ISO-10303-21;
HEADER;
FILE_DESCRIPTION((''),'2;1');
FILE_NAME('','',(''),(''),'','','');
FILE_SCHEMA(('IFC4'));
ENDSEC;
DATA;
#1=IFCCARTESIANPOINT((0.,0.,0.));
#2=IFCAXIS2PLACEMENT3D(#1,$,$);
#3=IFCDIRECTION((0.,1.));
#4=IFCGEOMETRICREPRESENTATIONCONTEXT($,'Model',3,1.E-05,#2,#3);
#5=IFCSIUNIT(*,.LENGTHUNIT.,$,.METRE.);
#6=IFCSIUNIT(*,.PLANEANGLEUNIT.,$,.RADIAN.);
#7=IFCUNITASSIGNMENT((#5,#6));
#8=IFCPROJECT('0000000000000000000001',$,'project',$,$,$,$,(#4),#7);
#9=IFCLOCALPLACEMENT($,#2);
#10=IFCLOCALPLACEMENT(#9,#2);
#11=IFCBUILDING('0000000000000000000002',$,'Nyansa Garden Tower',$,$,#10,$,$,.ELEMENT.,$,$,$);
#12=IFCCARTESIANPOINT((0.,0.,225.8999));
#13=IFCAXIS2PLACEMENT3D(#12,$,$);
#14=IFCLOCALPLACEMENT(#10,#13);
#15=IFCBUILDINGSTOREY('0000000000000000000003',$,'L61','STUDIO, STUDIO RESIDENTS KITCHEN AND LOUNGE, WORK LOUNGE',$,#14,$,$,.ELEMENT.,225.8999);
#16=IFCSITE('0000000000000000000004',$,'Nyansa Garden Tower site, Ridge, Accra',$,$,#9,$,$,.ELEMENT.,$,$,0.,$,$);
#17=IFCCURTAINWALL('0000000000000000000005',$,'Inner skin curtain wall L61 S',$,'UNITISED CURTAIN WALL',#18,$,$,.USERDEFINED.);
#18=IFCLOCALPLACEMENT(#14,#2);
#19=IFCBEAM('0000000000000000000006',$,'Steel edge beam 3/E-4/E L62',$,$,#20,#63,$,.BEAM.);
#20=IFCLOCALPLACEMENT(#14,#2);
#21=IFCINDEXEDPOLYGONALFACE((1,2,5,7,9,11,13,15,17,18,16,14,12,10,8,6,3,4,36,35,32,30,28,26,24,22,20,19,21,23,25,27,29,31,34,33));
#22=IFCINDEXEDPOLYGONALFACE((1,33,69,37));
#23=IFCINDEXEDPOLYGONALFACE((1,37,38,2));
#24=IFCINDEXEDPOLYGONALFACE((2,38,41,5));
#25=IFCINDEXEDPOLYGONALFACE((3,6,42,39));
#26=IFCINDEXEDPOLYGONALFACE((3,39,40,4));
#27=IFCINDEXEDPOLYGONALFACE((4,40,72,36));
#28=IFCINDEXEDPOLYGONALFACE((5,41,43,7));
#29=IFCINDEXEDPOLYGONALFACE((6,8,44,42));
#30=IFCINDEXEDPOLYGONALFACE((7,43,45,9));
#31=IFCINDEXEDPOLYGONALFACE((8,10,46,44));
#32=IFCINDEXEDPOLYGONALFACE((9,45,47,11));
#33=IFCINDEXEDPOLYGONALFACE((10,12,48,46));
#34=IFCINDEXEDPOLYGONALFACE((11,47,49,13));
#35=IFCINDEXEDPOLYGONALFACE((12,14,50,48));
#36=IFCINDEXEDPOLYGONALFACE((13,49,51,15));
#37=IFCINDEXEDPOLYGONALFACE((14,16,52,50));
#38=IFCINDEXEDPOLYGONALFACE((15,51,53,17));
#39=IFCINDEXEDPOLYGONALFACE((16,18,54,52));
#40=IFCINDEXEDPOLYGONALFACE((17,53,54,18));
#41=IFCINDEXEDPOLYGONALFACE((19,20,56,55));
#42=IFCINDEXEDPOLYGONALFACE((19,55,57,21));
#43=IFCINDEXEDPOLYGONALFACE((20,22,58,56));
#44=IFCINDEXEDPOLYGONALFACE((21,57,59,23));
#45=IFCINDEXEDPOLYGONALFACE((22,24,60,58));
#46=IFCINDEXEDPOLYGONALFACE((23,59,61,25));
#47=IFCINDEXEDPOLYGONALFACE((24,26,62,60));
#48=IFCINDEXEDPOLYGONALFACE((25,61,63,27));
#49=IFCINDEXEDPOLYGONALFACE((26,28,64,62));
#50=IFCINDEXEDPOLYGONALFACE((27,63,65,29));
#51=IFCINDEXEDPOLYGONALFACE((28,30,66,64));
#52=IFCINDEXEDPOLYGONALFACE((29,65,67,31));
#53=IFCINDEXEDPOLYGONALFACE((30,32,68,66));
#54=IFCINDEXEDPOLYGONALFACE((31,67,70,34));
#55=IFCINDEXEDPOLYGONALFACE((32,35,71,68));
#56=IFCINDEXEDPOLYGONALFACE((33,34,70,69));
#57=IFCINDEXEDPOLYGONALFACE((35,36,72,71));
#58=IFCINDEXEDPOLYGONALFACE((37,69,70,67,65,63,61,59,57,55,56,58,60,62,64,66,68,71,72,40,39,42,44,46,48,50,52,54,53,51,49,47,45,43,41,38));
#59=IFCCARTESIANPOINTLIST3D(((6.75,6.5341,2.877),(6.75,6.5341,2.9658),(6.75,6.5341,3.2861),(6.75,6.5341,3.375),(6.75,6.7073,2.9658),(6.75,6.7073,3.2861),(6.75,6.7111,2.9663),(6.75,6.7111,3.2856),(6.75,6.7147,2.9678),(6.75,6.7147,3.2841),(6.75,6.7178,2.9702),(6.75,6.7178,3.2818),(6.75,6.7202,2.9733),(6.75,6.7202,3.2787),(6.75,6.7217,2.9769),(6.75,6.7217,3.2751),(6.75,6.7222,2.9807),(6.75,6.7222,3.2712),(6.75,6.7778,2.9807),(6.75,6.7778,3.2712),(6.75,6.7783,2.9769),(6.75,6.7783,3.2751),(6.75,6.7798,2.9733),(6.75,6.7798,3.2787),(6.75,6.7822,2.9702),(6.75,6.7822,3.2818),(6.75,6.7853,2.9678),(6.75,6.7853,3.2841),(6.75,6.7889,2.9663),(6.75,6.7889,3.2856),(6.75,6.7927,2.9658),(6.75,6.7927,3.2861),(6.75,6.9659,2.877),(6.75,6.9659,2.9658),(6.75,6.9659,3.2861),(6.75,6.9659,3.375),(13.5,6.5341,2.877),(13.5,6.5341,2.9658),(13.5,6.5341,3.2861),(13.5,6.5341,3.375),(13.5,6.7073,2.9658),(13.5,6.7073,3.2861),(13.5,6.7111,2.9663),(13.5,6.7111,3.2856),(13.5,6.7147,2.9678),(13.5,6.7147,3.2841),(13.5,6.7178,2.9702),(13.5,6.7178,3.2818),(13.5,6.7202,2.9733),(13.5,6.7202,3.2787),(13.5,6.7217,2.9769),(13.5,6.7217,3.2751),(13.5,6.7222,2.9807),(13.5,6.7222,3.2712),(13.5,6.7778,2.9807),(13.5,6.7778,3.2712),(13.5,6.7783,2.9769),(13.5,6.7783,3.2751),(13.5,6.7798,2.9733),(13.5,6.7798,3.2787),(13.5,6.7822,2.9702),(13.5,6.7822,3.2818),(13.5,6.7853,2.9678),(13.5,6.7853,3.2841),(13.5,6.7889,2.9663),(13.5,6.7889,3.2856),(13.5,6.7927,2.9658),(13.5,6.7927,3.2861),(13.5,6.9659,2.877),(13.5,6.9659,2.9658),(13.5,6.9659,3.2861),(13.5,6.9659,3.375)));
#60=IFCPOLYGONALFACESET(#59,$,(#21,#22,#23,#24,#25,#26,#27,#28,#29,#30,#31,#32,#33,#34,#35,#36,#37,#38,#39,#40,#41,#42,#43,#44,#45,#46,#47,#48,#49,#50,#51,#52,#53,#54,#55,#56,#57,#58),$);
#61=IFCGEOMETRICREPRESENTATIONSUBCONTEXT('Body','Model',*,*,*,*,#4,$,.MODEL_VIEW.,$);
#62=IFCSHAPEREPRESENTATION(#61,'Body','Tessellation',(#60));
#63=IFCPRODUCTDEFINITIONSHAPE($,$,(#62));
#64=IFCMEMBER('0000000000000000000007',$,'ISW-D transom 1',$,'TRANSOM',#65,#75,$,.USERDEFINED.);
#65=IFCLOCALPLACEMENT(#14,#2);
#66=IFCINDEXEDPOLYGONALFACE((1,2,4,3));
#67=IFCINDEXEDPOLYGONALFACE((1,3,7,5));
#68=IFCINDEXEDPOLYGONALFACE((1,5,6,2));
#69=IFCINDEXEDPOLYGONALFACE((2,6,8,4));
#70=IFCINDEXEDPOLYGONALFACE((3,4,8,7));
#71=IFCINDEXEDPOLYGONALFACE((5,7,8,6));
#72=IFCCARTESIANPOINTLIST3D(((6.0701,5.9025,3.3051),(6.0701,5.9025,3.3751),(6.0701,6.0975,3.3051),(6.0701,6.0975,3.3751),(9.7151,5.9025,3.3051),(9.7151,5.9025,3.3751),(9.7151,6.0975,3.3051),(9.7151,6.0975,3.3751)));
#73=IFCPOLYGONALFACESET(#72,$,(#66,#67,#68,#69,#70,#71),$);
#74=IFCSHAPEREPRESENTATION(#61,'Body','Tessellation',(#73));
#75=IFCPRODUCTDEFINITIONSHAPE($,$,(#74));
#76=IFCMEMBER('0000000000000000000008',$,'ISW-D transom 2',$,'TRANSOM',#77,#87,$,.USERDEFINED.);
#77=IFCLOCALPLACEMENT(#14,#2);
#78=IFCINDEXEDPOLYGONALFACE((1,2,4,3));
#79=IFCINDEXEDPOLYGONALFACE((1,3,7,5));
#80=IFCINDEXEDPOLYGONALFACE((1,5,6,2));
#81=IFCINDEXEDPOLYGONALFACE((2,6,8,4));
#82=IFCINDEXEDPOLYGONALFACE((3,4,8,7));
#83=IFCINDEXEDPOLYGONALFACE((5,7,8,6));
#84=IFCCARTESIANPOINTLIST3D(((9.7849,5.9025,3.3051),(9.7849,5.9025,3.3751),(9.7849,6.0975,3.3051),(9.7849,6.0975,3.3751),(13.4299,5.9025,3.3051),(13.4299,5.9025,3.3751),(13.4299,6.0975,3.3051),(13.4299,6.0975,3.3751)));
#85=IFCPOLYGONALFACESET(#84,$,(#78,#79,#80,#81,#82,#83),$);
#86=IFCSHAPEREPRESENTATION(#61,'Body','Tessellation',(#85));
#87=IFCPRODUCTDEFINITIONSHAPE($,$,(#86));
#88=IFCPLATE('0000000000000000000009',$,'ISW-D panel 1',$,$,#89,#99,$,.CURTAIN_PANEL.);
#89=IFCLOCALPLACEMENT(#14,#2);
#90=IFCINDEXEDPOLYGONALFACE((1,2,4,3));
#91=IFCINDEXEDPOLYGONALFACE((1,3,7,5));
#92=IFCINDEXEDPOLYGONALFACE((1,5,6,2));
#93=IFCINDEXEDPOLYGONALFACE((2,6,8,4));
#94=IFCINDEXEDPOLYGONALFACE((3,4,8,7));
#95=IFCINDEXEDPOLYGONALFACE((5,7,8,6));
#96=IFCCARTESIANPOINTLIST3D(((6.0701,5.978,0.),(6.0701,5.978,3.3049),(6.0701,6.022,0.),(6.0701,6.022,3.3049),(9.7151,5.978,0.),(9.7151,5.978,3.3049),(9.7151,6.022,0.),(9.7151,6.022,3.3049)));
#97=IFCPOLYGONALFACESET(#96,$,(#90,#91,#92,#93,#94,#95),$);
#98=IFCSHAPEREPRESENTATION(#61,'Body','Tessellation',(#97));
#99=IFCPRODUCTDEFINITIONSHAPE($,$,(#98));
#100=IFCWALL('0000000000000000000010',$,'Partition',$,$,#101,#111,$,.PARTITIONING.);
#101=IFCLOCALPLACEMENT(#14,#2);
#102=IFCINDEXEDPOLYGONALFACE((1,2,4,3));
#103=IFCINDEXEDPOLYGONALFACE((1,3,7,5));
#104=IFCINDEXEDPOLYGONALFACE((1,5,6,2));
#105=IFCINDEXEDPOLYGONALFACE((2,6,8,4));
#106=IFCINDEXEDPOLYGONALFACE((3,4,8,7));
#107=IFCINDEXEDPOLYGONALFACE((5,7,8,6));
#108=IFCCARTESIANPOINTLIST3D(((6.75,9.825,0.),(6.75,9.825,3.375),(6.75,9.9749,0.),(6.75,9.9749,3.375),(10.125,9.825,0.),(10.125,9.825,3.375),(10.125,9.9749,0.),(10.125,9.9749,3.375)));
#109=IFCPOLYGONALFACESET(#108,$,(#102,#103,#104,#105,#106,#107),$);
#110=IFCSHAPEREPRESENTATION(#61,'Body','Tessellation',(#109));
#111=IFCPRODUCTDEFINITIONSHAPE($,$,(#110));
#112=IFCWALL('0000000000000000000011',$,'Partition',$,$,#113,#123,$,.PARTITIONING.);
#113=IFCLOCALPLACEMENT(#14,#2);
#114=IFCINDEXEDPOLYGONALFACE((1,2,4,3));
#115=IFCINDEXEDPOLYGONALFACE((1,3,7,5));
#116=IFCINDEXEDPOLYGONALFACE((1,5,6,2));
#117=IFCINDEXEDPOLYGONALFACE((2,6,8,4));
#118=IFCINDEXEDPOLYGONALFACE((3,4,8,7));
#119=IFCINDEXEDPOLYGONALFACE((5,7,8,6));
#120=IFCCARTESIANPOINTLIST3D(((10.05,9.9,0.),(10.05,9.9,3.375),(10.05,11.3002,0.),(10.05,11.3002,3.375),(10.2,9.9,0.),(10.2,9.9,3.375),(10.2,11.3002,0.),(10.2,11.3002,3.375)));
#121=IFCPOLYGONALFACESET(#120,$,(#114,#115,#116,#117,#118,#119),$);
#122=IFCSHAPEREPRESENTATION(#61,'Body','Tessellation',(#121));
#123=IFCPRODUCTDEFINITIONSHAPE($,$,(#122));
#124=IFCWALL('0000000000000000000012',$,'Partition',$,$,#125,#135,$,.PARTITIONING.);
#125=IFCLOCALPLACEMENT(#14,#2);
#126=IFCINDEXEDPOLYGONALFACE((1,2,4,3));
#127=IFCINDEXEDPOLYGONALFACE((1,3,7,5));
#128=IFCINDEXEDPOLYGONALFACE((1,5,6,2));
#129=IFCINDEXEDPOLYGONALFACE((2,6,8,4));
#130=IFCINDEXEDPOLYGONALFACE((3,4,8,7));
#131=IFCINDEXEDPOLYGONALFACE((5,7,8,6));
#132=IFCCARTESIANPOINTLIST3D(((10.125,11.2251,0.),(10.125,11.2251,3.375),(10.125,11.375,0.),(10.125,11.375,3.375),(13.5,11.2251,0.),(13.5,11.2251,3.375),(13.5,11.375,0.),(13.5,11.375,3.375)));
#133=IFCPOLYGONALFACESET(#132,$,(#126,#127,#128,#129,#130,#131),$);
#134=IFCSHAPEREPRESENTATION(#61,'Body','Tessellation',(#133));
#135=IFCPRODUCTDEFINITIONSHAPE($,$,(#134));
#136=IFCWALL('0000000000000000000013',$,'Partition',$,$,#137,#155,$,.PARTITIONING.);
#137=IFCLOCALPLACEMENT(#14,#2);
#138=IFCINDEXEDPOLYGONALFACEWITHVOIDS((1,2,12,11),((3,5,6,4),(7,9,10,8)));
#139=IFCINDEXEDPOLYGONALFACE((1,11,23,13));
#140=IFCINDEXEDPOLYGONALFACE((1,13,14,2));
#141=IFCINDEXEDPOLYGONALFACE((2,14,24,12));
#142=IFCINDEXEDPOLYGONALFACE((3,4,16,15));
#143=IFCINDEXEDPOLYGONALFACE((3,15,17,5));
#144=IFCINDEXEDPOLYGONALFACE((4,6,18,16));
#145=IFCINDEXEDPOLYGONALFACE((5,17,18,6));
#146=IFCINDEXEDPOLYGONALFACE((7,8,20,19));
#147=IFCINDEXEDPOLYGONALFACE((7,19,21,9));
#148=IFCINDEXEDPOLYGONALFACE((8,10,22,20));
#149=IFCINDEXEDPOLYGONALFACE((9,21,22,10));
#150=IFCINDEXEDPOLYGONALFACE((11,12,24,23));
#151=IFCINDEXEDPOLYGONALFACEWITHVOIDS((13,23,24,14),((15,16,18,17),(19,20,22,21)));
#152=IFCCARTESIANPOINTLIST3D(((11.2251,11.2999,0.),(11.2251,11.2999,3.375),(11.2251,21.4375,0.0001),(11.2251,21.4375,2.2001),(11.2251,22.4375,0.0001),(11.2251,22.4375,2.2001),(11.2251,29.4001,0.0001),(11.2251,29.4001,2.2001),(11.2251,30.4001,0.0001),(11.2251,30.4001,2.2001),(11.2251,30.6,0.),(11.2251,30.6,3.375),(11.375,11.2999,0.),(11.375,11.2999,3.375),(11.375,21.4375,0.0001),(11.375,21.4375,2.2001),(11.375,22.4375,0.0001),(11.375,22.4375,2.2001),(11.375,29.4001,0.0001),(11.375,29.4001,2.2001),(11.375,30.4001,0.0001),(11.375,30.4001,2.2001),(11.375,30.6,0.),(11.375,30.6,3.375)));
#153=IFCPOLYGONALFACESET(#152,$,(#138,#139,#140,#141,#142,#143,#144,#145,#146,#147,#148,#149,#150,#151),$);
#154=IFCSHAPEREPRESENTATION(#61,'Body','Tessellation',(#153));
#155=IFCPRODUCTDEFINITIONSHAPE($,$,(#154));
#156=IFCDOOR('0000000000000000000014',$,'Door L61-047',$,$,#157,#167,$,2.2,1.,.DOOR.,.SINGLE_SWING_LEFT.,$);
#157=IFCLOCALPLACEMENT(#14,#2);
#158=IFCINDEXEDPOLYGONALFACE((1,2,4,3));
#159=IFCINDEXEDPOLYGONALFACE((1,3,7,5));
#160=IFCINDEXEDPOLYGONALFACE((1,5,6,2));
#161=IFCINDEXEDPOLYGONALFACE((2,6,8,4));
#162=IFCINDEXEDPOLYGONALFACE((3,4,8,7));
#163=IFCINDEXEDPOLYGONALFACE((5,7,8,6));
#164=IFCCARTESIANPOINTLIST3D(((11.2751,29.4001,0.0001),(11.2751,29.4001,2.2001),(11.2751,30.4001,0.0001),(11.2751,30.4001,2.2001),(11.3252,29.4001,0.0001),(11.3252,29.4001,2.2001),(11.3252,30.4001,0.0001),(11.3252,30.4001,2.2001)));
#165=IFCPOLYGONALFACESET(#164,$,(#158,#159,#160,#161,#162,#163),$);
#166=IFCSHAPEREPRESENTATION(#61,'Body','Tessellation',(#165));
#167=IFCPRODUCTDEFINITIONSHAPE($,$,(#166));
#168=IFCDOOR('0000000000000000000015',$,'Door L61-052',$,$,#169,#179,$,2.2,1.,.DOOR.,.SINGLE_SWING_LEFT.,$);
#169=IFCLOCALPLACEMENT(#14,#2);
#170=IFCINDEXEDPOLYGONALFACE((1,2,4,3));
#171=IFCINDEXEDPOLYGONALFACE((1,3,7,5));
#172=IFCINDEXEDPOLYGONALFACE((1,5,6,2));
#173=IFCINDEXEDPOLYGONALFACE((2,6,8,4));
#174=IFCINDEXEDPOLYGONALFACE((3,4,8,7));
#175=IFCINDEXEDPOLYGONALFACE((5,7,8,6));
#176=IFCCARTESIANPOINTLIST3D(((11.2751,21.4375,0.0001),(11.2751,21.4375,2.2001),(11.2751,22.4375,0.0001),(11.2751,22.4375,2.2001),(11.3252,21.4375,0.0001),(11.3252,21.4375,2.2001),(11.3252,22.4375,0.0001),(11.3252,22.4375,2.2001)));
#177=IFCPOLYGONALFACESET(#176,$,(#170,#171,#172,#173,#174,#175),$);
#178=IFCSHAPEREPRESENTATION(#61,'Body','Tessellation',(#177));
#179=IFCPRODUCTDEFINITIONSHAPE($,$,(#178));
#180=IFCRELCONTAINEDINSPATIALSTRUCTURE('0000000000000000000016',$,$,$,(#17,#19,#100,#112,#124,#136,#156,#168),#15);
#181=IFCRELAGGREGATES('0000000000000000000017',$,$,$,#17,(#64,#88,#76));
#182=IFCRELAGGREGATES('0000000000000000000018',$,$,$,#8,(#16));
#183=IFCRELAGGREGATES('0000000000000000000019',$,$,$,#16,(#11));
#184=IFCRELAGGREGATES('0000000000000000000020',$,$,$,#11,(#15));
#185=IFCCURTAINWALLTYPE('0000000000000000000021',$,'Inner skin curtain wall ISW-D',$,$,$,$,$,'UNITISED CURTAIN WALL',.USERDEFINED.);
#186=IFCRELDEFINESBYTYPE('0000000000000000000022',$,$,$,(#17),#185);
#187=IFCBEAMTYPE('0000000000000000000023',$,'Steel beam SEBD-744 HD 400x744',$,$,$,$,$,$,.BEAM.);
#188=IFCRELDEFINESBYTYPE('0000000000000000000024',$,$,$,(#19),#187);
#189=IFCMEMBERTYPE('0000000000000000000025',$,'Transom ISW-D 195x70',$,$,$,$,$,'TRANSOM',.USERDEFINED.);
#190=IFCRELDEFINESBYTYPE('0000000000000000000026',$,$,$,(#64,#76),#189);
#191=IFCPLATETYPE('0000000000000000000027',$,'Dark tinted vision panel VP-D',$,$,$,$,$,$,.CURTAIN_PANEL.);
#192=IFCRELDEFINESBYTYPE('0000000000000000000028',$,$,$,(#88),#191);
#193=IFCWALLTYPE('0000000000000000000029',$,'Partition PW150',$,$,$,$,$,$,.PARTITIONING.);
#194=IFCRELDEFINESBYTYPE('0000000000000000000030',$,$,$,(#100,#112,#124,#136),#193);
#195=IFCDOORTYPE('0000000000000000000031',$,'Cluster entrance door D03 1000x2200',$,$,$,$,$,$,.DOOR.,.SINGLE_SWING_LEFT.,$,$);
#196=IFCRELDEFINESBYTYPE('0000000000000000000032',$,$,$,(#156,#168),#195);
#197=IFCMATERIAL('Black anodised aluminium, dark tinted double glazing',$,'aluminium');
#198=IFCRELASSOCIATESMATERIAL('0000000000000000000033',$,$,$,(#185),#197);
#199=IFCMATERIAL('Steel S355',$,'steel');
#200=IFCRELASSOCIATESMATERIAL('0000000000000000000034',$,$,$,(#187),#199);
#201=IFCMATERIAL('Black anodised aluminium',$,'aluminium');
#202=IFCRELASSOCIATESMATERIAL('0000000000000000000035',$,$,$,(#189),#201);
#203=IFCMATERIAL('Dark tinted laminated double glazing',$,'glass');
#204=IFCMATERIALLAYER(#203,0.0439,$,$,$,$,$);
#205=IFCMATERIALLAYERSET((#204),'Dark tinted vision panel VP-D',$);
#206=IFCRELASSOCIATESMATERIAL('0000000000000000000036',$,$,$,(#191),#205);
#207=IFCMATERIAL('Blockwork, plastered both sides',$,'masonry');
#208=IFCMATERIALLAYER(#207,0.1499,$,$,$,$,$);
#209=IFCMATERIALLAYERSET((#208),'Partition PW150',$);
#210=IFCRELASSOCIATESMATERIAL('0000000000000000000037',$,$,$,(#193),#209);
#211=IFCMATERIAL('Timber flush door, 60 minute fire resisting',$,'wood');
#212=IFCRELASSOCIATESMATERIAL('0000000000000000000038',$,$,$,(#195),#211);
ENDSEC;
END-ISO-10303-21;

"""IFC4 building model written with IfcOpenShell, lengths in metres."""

from ifc_helpers import new_model, si_unit, direction, frame, frame_2d, origin, origin_2d, place, context, subcontext, project, spatial, rectangle, i_section, extrude, material, layer, layer_set, material_profile, profile_set, type_object, element, fill, aggregate, save


model = new_model("IFC4")

# Units and contexts
model_context = context("Model", 3, precision=1e-05, world=origin(), true_north=direction((0.0, 1.0)))
body_context = subcontext(model_context, "Body", "Model", "MODEL_VIEW")
ifc_project = project(units=[si_unit("LENGTHUNIT", "METRE"), si_unit("PLANEANGLEUNIT", "RADIAN")], contexts=[model_context])

# Site, building, storey
site_placement = place(None, origin())
site = spatial("IfcSite", under=ifc_project, at=site_placement, Name="Nyansa Garden Tower site, Ridge, Accra", CompositionType="ELEMENT", RefElevation=0.0)
building_placement = place(site_placement, origin())
building = spatial("IfcBuilding", under=site, at=building_placement, Name="Nyansa Garden Tower", CompositionType="ELEMENT")
storey_placement = place(building_placement, frame((0.0, 0.0, 225.8999)))
storey = spatial("IfcBuildingStorey", under=building, at=storey_placement, Name="L61", Description="STUDIO, STUDIO RESIDENTS KITCHEN AND LOUNGE, WORK LOUNGE", CompositionType="ELEMENT", Elevation=225.8999)

# Curtain wall
ifc_material_1 = material(Name="Black anodised aluminium, dark tinted double glazing", Category="aluminium")
curtain_wall_type = type_object("IfcCurtainWallType", Name="Inner skin curtain wall ISW-D", ElementType="UNITISED CURTAIN WALL", PredefinedType="USERDEFINED", material=ifc_material_1)
curtain_wall_placement = place(storey_placement, origin())
curtain_wall = element("IfcCurtainWall", 1, at=curtain_wall_placement, inside=storey, type_object=curtain_wall_type, Name="Inner skin curtain wall L61 S", ObjectType="UNITISED CURTAIN WALL", PredefinedType="USERDEFINED")

# Beam
ifc_material_2 = material(Name="Steel S355", Category="steel")
ifc_material_profile_1 = material_profile(ifc_material_2, i_section(OverallWidth=0.4319, OverallDepth=0.498, WebThickness=0.0557, FlangeThickness=0.0889, FilletRadius=0.0149, at=origin_2d()), Name="HD 400x744")
ifc_profile_set_1 = profile_set([ifc_material_profile_1], Name="Steel S355")
beam_type_1 = type_object("IfcBeamType", Name="Steel beam SEBD-744 HD 400x744", PredefinedType="BEAM", material=ifc_profile_set_1)
beam_1_placement = place(storey_placement, frame((6.75, 6.75, 3.126), z_axis=(1.0, 0.0, 0.0), x_axis=(0.0, 1.0, 0.0)))
element("IfcBeam", 2, at=beam_1_placement, inside=storey, type_object=beam_type_1, Name="Steel edge beam 3/E-4/E L62", PredefinedType="BEAM", context=body_context, shape_type="SweptSolid", body=[
    extrude(i_section(OverallWidth=0.4319, OverallDepth=0.498, WebThickness=0.0557, FlangeThickness=0.0889, FilletRadius=0.0149, at=origin_2d()), origin(), (0.0, 0.0, 1.0), 6.75),
])

# Members
ifc_material_3 = material(Name="Black anodised aluminium", Category="aluminium")
ifc_material_profile_2 = material_profile(ifc_material_3, rectangle(XDim=0.1951, YDim=0.0701, at=origin_2d()), Name="Transom 195x70")
ifc_profile_set_2 = profile_set([ifc_material_profile_2], Name="Black anodised aluminium")
member_type_1 = type_object("IfcMemberType", Name="Transom ISW-D 195x70", ElementType="TRANSOM", PredefinedType="USERDEFINED", material=ifc_profile_set_2)
member_1_placement = place(storey_placement, frame((6.0701, 6.0, 3.3401), z_axis=(1.0, 0.0, 0.0), x_axis=(0.0, 1.0, 0.0)))
member_1 = element("IfcMember", 3, at=member_1_placement, type_object=member_type_1, Name="ISW-D transom 1", ObjectType="TRANSOM", PredefinedType="USERDEFINED", context=body_context, shape_type="SweptSolid", body=[
    extrude(rectangle(XDim=0.1951, YDim=0.0701, at=origin_2d()), origin(), (0.0, 0.0, 1.0), 3.645),
])
member_2_placement = place(storey_placement, frame((9.7849, 6.0, 3.3401), z_axis=(1.0, 0.0, 0.0), x_axis=(0.0, 1.0, 0.0)))
member_2 = element("IfcMember", 4, at=member_2_placement, type_object=member_type_1, Name="ISW-D transom 2", ObjectType="TRANSOM", PredefinedType="USERDEFINED", context=body_context, shape_type="SweptSolid", body=[
    extrude(rectangle(XDim=0.1951, YDim=0.0701, at=origin_2d()), origin(), (0.0, 0.0, 1.0), 3.645),
])

# Plate
ifc_material_4 = material(Name="Dark tinted laminated double glazing", Category="glass")
ifc_layer_1 = layer(ifc_material_4, 0.0439)
ifc_layer_set_1 = layer_set([ifc_layer_1], Name="Dark tinted vision panel VP-D")
plate_type = type_object("IfcPlateType", Name="Dark tinted vision panel VP-D", PredefinedType="CURTAIN_PANEL", material=ifc_layer_set_1)
plate_placement = place(storey_placement, frame((7.8926, 6.0, 0.0), z_axis=(0.0, 0.0, 1.0), x_axis=(1.0, 0.0, 0.0)))
plate = element("IfcPlate", 5, at=plate_placement, type_object=plate_type, Name="ISW-D panel 1", PredefinedType="CURTAIN_PANEL", context=body_context, shape_type="SweptSolid", body=[
    extrude(rectangle(XDim=3.645, YDim=0.0439, at=origin_2d()), origin(), (0.0, 0.0, 1.0), 3.3049),
])
aggregate(curtain_wall, [member_1, plate, member_2])

# Walls
ifc_material_5 = material(Name="Blockwork, plastered both sides", Category="masonry")
ifc_layer_2 = layer(ifc_material_5, 0.1499)
ifc_layer_set_2 = layer_set([ifc_layer_2], Name="Partition PW150")
wall_type_1 = type_object("IfcWallType", Name="Partition PW150", PredefinedType="PARTITIONING", material=ifc_layer_set_2)
wall_1_placement = place(storey_placement, frame((6.75, 9.8999, 0.0), z_axis=(0.0, 0.0, 1.0), x_axis=(1.0, 0.0, 0.0)))
element("IfcWall", 6, at=wall_1_placement, inside=storey, type_object=wall_type_1, Name="Partition", PredefinedType="PARTITIONING", context=body_context, shape_type="SweptSolid", body=[
    extrude(rectangle(XDim=3.375, YDim=0.1499, at=frame_2d((1.6875, 0.0))), origin(), (0.0, 0.0, 1.0), 3.375),
])
wall_2_placement = place(storey_placement, frame((10.125, 9.8999, 0.0), z_axis=(0.0, 0.0, 1.0), x_axis=(0.0, 1.0, 0.0)))
element("IfcWall", 7, at=wall_2_placement, inside=storey, type_object=wall_type_1, Name="Partition", PredefinedType="PARTITIONING", context=body_context, shape_type="SweptSolid", body=[
    extrude(rectangle(XDim=1.4001, YDim=0.1499, at=frame_2d((0.7002, 0.0))), origin(), (0.0, 0.0, 1.0), 3.375),
])
wall_3_placement = place(storey_placement, frame((10.125, 11.3, 0.0), z_axis=(0.0, 0.0, 1.0), x_axis=(1.0, 0.0, 0.0)))
element("IfcWall", 8, at=wall_3_placement, inside=storey, type_object=wall_type_1, Name="Partition", PredefinedType="PARTITIONING", context=body_context, shape_type="SweptSolid", body=[
    extrude(rectangle(XDim=3.375, YDim=0.1499, at=frame_2d((1.6875, 0.0))), origin(), (0.0, 0.0, 1.0), 3.375),
])

# Wall, openings, doors
wall_4_placement = place(storey_placement, frame((11.3, 11.3, 0.0), z_axis=(0.0, 0.0, 1.0), x_axis=(0.0, 1.0, 0.0)))
wall_4 = element("IfcWall", 9, at=wall_4_placement, inside=storey, type_object=wall_type_1, Name="Partition", PredefinedType="PARTITIONING", context=body_context, shape_type="SweptSolid", body=[
    extrude(rectangle(XDim=19.3, YDim=0.1499, at=frame_2d((9.6499, 0.0))), origin(), (0.0, 0.0, 1.0), 3.375),
])
opening_1_placement = place(wall_4_placement, frame((18.1001, 0.0, 0.0)))
opening_1 = element("IfcOpeningElement", 10, at=opening_1_placement, cuts=wall_4, PredefinedType="OPENING", context=body_context, shape_type="SweptSolid", body=[
    extrude(rectangle(XDim=1.0, YDim=2.2, at=frame_2d((0.5, 1.1001))), frame((0.0, 0.085, 0.0), z_axis=(0.0, -1.0, 0.0), x_axis=(1.0, 0.0, 0.0)), (0.0, 0.0, 1.0), 0.1699),
])
opening_2_placement = place(wall_4_placement, frame((10.1375, 0.0, 0.0)))
opening_2 = element("IfcOpeningElement", 11, at=opening_2_placement, cuts=wall_4, PredefinedType="OPENING", context=body_context, shape_type="SweptSolid", body=[
    extrude(rectangle(XDim=1.0, YDim=2.2, at=frame_2d((0.5, 1.1001))), frame((0.0, 0.085, 0.0), z_axis=(0.0, -1.0, 0.0), x_axis=(1.0, 0.0, 0.0)), (0.0, 0.0, 1.0), 0.1699),
])
ifc_material_6 = material(Name="Timber flush door, 60 minute fire resisting", Category="wood")
door_type = type_object("IfcDoorType", Name="Cluster entrance door D03 1000x2200", OperationType="SINGLE_SWING_LEFT", PredefinedType="DOOR", material=ifc_material_6)
door_1_placement = place(opening_1_placement, origin())
door_1 = element("IfcDoor", 12, at=door_1_placement, inside=storey, type_object=door_type, Name="Door L61-047", OperationType="SINGLE_SWING_LEFT", OverallHeight=2.2, OverallWidth=1.0, PredefinedType="DOOR", context=body_context, shape_type="SweptSolid", body=[
    extrude(rectangle(XDim=1.0, YDim=2.2, at=frame_2d((0.5, 1.1001))), frame((0.0, 0.0249, 0.0), z_axis=(0.0, -1.0, 0.0), x_axis=(1.0, 0.0, 0.0)), (0.0, 0.0, 1.0), 0.05),
])
fill(opening_1, door_1)
door_2_placement = place(opening_2_placement, origin())
door_2 = element("IfcDoor", 13, at=door_2_placement, inside=storey, type_object=door_type, Name="Door L61-052", OperationType="SINGLE_SWING_LEFT", OverallHeight=2.2, OverallWidth=1.0, PredefinedType="DOOR", context=body_context, shape_type="SweptSolid", body=[
    extrude(rectangle(XDim=1.0, YDim=2.2, at=frame_2d((0.5, 1.1001))), frame((0.0, 0.0249, 0.0), z_axis=(0.0, -1.0, 0.0), x_axis=(1.0, 0.0, 0.0)), (0.0, 0.0, 1.0), 0.05),
])
fill(opening_2, door_2)

save(model, "model.ifc")
